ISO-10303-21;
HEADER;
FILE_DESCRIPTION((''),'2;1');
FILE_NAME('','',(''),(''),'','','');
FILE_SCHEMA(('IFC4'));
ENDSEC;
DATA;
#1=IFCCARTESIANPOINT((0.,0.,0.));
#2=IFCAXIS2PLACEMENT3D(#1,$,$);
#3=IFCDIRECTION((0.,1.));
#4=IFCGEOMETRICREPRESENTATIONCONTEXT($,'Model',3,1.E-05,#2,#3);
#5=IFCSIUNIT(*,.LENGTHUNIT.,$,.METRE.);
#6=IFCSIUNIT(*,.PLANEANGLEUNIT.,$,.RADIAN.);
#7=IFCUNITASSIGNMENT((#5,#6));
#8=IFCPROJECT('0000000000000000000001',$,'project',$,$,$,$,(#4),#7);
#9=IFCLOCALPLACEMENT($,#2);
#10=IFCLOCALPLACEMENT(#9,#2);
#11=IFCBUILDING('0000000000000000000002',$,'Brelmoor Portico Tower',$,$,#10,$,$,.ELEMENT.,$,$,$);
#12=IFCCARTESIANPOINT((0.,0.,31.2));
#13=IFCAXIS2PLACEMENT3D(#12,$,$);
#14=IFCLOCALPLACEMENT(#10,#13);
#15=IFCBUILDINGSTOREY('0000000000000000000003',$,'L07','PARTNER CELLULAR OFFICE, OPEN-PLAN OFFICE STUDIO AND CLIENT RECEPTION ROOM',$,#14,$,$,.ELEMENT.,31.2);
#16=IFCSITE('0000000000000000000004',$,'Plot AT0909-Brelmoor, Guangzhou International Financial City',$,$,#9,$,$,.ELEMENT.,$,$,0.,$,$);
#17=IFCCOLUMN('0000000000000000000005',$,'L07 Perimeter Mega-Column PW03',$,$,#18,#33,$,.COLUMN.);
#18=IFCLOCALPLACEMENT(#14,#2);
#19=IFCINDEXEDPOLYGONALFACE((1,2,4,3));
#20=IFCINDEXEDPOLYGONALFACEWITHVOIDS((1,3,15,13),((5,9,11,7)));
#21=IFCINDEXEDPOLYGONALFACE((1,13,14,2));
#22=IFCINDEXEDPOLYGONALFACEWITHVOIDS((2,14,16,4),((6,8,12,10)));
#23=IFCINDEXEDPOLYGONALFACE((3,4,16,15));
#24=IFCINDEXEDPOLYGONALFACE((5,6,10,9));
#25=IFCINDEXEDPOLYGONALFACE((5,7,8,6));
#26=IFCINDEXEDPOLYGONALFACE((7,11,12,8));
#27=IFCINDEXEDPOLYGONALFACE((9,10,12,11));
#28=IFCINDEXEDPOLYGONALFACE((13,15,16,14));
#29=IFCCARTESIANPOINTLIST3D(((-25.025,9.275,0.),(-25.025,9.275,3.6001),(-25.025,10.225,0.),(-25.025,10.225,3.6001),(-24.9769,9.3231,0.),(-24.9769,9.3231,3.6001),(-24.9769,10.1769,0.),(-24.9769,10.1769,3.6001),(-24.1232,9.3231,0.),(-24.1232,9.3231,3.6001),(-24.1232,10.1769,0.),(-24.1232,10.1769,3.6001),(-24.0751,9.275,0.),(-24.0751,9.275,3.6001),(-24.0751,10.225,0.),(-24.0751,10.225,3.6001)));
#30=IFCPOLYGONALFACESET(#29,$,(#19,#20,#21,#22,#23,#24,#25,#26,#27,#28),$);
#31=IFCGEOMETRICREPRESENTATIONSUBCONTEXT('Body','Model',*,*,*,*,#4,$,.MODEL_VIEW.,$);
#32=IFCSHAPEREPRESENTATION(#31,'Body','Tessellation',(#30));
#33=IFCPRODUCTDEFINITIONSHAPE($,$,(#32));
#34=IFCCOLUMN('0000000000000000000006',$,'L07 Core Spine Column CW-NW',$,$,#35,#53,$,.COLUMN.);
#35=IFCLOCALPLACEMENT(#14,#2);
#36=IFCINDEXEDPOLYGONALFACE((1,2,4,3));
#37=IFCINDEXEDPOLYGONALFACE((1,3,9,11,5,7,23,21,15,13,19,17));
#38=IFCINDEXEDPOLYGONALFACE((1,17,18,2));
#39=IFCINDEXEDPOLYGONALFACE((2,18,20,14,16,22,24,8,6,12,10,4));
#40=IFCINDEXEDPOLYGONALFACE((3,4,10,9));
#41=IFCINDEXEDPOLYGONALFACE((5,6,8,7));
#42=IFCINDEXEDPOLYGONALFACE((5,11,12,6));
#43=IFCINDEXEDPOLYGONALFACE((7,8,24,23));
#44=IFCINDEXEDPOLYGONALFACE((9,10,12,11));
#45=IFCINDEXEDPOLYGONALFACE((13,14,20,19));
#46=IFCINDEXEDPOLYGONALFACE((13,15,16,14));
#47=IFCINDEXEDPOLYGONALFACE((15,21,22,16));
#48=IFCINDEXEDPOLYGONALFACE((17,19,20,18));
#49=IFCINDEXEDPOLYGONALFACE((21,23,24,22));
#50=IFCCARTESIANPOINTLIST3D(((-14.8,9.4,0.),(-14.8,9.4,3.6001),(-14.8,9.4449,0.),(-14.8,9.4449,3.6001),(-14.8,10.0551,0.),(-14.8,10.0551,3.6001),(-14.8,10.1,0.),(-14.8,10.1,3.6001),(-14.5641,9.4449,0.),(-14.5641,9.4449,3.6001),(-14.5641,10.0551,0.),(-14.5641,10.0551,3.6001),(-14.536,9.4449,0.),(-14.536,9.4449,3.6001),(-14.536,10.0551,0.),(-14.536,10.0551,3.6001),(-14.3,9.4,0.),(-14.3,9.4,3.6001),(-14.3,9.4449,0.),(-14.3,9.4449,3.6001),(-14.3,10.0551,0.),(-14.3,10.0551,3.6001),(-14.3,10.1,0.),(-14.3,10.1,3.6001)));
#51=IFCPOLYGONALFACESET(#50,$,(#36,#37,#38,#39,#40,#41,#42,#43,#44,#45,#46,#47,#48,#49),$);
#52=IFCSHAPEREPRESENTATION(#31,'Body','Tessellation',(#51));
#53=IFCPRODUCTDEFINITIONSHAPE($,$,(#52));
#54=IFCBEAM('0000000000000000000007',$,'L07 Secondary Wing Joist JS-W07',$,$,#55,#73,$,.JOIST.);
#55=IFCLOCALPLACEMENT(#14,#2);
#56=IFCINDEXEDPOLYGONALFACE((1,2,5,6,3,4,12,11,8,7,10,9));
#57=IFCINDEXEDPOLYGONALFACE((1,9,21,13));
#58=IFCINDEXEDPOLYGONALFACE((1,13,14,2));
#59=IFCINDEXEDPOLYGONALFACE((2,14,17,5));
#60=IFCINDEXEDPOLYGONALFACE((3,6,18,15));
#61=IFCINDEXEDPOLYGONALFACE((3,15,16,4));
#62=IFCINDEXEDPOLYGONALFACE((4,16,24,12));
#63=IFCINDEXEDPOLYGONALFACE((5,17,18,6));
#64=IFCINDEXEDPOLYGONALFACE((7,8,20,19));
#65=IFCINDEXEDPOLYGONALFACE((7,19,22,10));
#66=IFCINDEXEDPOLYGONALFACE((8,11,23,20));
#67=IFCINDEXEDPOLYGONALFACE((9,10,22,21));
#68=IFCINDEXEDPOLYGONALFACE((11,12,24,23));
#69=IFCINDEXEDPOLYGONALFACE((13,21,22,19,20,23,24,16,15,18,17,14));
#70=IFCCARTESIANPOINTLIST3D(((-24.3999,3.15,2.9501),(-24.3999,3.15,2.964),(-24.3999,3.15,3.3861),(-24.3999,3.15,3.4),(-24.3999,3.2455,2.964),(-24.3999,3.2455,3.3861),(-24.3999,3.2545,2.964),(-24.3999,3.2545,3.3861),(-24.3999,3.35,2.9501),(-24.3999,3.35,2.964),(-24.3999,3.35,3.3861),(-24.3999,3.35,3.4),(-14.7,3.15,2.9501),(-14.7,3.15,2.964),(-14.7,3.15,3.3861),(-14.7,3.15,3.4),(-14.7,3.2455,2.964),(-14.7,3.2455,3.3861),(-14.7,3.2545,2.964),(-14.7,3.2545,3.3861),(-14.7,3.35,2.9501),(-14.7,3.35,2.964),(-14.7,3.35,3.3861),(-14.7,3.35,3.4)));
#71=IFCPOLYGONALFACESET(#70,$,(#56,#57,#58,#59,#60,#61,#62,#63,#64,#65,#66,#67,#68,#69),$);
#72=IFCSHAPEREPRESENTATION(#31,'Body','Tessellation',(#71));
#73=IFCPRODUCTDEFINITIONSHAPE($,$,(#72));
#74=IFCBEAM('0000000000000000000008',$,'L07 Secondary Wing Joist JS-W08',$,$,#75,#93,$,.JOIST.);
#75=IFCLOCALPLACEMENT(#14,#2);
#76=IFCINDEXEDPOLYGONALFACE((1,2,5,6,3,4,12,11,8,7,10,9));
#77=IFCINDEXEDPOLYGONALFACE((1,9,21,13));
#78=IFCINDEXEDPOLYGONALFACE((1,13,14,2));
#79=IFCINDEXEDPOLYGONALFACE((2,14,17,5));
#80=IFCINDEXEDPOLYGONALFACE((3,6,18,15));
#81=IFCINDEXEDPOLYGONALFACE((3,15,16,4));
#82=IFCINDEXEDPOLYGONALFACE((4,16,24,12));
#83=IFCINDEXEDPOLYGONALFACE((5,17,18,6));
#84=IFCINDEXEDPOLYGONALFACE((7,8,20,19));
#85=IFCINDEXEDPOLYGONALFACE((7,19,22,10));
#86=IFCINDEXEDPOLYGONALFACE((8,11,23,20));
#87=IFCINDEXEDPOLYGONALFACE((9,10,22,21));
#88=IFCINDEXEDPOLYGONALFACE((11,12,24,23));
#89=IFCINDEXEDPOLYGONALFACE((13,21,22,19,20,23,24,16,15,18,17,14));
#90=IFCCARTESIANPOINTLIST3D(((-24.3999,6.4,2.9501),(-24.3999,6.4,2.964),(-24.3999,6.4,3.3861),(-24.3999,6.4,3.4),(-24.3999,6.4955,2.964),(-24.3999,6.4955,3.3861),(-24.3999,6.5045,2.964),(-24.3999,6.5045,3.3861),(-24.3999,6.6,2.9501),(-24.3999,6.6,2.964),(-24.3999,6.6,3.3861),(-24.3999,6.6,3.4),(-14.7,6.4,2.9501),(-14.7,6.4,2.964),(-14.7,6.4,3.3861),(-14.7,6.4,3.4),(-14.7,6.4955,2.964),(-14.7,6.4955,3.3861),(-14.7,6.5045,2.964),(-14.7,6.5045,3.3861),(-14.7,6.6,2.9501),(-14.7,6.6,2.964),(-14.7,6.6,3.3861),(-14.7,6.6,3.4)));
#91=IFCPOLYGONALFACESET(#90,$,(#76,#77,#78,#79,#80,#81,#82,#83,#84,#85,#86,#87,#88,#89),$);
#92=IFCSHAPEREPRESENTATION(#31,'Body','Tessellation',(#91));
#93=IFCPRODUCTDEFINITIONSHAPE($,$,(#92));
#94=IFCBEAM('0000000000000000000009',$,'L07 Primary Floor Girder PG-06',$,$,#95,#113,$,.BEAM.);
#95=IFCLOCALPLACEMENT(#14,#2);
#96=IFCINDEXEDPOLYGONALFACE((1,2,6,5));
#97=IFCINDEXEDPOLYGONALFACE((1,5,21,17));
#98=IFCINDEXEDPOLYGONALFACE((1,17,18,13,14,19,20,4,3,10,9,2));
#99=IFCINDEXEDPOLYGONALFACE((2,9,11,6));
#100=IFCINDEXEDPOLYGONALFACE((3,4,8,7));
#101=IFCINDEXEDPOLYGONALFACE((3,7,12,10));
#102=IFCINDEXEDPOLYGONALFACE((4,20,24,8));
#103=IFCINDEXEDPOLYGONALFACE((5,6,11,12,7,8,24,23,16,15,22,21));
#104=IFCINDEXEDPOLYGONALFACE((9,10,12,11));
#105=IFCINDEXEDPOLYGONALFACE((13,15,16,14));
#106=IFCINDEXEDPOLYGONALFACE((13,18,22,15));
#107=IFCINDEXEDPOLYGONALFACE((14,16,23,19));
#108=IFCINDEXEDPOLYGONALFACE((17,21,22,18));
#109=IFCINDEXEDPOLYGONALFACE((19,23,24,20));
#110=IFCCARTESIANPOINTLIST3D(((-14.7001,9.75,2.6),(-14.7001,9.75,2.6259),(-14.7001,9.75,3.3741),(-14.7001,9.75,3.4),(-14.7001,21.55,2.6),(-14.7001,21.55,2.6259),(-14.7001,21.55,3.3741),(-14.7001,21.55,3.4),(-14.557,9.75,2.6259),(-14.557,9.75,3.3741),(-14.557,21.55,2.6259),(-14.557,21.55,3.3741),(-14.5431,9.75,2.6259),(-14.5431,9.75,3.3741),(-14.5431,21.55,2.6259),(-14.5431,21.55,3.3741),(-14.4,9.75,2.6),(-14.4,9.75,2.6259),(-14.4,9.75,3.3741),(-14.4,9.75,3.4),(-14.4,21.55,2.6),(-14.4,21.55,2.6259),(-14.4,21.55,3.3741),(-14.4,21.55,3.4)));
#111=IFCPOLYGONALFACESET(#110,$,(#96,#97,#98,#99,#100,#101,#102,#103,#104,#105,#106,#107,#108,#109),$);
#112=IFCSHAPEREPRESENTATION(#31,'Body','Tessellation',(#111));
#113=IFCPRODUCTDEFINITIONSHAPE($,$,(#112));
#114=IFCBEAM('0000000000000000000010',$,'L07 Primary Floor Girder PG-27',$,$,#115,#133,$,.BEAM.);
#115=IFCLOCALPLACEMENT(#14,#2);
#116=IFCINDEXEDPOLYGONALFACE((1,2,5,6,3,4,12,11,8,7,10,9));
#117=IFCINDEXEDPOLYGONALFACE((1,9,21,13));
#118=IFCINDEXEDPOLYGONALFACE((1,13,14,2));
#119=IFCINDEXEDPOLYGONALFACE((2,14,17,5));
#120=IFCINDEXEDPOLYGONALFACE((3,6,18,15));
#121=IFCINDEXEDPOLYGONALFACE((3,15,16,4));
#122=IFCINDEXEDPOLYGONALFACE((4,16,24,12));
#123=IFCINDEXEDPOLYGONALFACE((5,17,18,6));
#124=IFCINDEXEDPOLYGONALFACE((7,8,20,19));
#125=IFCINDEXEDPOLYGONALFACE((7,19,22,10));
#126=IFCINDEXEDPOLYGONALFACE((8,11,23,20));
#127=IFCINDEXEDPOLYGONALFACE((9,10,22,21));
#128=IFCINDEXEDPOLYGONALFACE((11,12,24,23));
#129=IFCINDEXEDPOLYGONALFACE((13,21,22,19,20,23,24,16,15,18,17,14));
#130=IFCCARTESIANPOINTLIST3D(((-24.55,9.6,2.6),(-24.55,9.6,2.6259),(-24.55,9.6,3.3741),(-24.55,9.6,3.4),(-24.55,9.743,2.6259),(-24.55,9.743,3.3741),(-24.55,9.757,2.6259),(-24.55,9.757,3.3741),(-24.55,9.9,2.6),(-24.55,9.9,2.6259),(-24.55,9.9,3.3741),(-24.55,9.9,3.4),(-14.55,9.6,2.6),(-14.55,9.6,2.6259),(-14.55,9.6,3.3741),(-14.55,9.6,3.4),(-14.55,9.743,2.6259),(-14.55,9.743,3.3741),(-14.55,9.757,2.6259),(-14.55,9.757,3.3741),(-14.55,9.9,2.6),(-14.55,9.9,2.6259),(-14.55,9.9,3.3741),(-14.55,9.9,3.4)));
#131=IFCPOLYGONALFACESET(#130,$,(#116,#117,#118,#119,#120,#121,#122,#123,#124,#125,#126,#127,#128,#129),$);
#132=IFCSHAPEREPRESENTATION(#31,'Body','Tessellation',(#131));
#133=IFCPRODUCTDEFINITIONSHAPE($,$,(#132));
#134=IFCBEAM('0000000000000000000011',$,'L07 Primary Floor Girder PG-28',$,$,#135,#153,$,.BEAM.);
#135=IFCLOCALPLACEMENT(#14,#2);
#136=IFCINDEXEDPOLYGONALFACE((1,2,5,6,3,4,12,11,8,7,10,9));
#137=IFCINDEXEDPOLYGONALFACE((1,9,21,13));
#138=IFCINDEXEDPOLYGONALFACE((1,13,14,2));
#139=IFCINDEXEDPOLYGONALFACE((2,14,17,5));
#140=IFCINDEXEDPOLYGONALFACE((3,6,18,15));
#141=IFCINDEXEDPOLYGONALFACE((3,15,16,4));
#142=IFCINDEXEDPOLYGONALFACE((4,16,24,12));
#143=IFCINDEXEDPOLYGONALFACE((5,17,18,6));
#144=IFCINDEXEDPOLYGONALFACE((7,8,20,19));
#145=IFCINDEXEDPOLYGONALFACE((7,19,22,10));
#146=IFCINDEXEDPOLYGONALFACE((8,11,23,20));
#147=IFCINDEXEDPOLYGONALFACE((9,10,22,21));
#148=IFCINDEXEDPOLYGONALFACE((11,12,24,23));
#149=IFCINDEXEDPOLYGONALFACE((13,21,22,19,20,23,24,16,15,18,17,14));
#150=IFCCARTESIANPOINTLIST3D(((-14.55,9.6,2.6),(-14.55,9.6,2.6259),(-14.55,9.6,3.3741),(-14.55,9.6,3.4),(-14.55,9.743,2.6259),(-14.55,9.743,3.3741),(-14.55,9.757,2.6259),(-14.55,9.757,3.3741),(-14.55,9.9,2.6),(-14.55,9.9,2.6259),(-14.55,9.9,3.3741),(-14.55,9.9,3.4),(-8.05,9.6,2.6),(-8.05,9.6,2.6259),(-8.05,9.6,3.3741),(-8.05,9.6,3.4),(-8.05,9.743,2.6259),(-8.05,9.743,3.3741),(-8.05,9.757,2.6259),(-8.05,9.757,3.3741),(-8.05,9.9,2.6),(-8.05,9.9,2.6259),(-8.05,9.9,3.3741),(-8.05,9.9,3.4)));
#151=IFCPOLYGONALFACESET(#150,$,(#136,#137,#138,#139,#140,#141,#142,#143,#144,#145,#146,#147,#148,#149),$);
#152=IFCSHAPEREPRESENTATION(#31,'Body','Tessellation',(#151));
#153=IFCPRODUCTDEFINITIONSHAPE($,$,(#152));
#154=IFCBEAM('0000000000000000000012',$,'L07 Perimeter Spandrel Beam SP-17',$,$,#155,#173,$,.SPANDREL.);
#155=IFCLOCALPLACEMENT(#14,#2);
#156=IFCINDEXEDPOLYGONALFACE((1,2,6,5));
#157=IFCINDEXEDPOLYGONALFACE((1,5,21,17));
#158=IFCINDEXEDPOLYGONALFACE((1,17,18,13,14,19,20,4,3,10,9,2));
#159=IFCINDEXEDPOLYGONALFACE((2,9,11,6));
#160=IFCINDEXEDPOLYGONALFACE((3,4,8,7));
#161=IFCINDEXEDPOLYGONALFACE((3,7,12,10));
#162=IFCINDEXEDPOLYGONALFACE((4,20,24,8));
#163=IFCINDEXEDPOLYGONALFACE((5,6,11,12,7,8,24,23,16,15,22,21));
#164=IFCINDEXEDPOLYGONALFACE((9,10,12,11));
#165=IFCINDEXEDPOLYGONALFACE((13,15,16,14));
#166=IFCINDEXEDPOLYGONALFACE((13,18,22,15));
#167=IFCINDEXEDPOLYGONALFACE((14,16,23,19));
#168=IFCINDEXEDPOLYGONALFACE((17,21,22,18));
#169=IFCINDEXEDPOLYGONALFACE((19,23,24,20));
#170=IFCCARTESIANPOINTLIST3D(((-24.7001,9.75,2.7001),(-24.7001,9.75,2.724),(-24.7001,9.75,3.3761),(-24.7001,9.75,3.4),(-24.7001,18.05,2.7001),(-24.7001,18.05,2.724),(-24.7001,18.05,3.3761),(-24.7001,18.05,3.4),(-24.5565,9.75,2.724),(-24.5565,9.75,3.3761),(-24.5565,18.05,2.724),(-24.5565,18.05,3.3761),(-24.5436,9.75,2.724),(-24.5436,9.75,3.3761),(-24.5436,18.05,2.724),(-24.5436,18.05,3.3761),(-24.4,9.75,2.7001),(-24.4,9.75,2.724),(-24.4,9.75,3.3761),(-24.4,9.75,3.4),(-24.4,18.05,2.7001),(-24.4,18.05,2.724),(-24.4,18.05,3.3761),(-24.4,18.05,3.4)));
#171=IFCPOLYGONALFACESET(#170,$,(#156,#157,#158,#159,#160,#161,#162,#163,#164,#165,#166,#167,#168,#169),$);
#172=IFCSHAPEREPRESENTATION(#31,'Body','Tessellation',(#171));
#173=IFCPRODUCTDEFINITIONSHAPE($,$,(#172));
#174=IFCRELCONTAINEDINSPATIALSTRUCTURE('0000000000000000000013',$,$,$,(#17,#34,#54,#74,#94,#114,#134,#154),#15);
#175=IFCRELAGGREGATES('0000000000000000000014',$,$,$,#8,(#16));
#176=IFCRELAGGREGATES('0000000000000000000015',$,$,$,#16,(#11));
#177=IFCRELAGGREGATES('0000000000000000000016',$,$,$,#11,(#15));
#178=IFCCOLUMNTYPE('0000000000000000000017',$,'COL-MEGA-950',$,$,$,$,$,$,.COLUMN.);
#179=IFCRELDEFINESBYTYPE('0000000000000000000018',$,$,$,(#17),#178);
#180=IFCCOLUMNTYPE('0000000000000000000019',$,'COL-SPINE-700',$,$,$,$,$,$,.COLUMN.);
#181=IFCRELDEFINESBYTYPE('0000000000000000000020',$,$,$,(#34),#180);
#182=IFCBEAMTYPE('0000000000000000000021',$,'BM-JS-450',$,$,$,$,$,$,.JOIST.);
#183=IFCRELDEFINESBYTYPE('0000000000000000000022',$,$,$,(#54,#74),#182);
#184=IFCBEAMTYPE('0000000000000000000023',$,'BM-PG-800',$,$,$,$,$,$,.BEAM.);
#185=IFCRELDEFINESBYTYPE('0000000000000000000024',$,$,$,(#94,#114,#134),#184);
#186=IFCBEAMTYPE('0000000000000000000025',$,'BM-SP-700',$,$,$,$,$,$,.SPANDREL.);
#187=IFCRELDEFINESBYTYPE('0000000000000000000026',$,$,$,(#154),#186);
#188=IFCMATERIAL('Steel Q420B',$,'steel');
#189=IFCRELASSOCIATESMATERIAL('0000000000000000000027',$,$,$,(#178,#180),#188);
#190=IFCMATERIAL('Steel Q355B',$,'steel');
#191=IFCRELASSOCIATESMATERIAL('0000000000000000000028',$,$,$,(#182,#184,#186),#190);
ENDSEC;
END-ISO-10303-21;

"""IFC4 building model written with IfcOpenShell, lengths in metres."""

from ifc_helpers import new_model, si_unit, direction, frame, origin, origin_2d, place, context, subcontext, project, spatial, hollow_rectangle, i_section, extrude, material, material_profile, profile_set, type_object, element, save


model = new_model("IFC4")

# Units and contexts
model_context = context("Model", 3, precision=1e-05, world=origin(), true_north=direction((0.0, 1.0)))
body_context = subcontext(model_context, "Body", "Model", "MODEL_VIEW")
ifc_project = project(units=[si_unit("LENGTHUNIT", "METRE"), si_unit("PLANEANGLEUNIT", "RADIAN")], contexts=[model_context])

# Site, building, storey
site_placement = place(None, origin())
site = spatial("IfcSite", under=ifc_project, at=site_placement, Name="Plot AT0909-Brelmoor, Guangzhou International Financial City", CompositionType="ELEMENT", RefElevation=0.0)
building_placement = place(site_placement, origin())
building = spatial("IfcBuilding", under=site, at=building_placement, Name="Brelmoor Portico Tower", CompositionType="ELEMENT")
storey_placement = place(building_placement, frame((0.0, 0.0, 31.2)))
storey = spatial("IfcBuildingStorey", under=building, at=storey_placement, Name="L07", Description="PARTNER CELLULAR OFFICE, OPEN-PLAN OFFICE STUDIO AND CLIENT RECEPTION ROOM", CompositionType="ELEMENT", Elevation=31.2)

# Columns
ifc_material_1 = material(Name="Steel Q420B", Category="steel")
ifc_material_profile_1 = material_profile(ifc_material_1, hollow_rectangle(XDim=0.95, YDim=0.95, WallThickness=0.0481, at=origin_2d()), Name="BOX 950x950x48")
ifc_profile_set_1 = profile_set([ifc_material_profile_1], Name="Steel Q420B")
column_type_1 = type_object("IfcColumnType", Name="COL-MEGA-950", PredefinedType="COLUMN", material=ifc_profile_set_1)
column_1_placement = place(storey_placement, frame((-24.55, 9.75, 0.0), z_axis=(0.0, 0.0, 1.0), x_axis=(0.0, 1.0, 0.0)))
element("IfcColumn", 1, at=column_1_placement, inside=storey, type_object=column_type_1, Name="L07 Perimeter Mega-Column PW03", PredefinedType="COLUMN", context=body_context, shape_type="SweptSolid", body=[
    extrude(hollow_rectangle(XDim=0.95, YDim=0.95, WallThickness=0.0481, at=origin_2d()), origin(), (0.0, 0.0, 1.0), 3.6001),
])
ifc_material_profile_2 = material_profile(ifc_material_1, i_section(OverallWidth=0.5, OverallDepth=0.7, WebThickness=0.0281, FlangeThickness=0.0449, at=origin_2d()), Name="HW 700x500x28x45")
ifc_profile_set_2 = profile_set([ifc_material_profile_2], Name="Steel Q420B")
column_type_2 = type_object("IfcColumnType", Name="COL-SPINE-700", PredefinedType="COLUMN", material=ifc_profile_set_2)
column_2_placement = place(storey_placement, frame((-14.55, 9.75, 0.0), z_axis=(0.0, 0.0, 1.0), x_axis=(1.0, 0.0, 0.0)))
element("IfcColumn", 2, at=column_2_placement, inside=storey, type_object=column_type_2, Name="L07 Core Spine Column CW-NW", PredefinedType="COLUMN", context=body_context, shape_type="SweptSolid", body=[
    extrude(i_section(OverallWidth=0.5, OverallDepth=0.7, WebThickness=0.0281, FlangeThickness=0.0449, at=origin_2d()), origin(), (0.0, 0.0, 1.0), 3.6001),
])

# Beams
ifc_material_2 = material(Name="Steel Q355B", Category="steel")
ifc_material_profile_3 = material_profile(ifc_material_2, i_section(OverallWidth=0.2, OverallDepth=0.45, WebThickness=0.009, FlangeThickness=0.0139, at=origin_2d()), Name="HN 450x200x9x14")
ifc_profile_set_3 = profile_set([ifc_material_profile_3], Name="Steel Q355B")
beam_type_1 = type_object("IfcBeamType", Name="BM-JS-450", PredefinedType="JOIST", material=ifc_profile_set_3)
for number, where, z_axis, x_axis, name in (
    (3, (-24.3999, 3.25, 3.175), (1.0, 0.0, 0.0), (0.0, 1.0, 0.0), "L07 Secondary Wing Joist JS-W07"),
    (4, (-24.3999, 6.5, 3.175), (1.0, 0.0, 0.0), (0.0, 1.0, 0.0), "L07 Secondary Wing Joist JS-W08"),
):
    element("IfcBeam", number, at=place(storey_placement, frame(where, z_axis=z_axis, x_axis=x_axis)), inside=storey, type_object=beam_type_1, Name=name, PredefinedType="JOIST", context=body_context, shape_type="SweptSolid", body=[
        extrude(i_section(OverallWidth=0.2, OverallDepth=0.45, WebThickness=0.009, FlangeThickness=0.0139, at=origin_2d()), origin(), (0.0, 0.0, 1.0), 9.7),
    ])
ifc_material_profile_4 = material_profile(ifc_material_2, i_section(OverallWidth=0.3, OverallDepth=0.8, WebThickness=0.0139, FlangeThickness=0.0259, at=origin_2d()), Name="HN 800x300x14x26")
ifc_profile_set_4 = profile_set([ifc_material_profile_4], Name="Steel Q355B")
beam_type_2 = type_object("IfcBeamType", Name="BM-PG-800", PredefinedType="BEAM", material=ifc_profile_set_4)
beam_1_placement = place(storey_placement, frame((-14.55, 9.75, 3.0), z_axis=(0.0, 1.0, 0.0), x_axis=(-1.0, 0.0, 0.0)))
element("IfcBeam", 5, at=beam_1_placement, inside=storey, type_object=beam_type_2, Name="L07 Primary Floor Girder PG-06", PredefinedType="BEAM", context=body_context, shape_type="SweptSolid", body=[
    extrude(i_section(OverallWidth=0.3, OverallDepth=0.8, WebThickness=0.0139, FlangeThickness=0.0259, at=origin_2d()), origin(), (0.0, 0.0, 1.0), 11.8),
])
beam_2_placement = place(storey_placement, frame((-24.55, 9.75, 3.0), z_axis=(1.0, 0.0, 0.0), x_axis=(0.0, 1.0, 0.0)))
element("IfcBeam", 6, at=beam_2_placement, inside=storey, type_object=beam_type_2, Name="L07 Primary Floor Girder PG-27", PredefinedType="BEAM", context=body_context, shape_type="SweptSolid", body=[
    extrude(i_section(OverallWidth=0.3, OverallDepth=0.8, WebThickness=0.0139, FlangeThickness=0.0259, at=origin_2d()), origin(), (0.0, 0.0, 1.0), 10.0),
])
beam_3_placement = place(storey_placement, frame((-14.55, 9.75, 3.0), z_axis=(1.0, 0.0, 0.0), x_axis=(0.0, 1.0, 0.0)))
element("IfcBeam", 7, at=beam_3_placement, inside=storey, type_object=beam_type_2, Name="L07 Primary Floor Girder PG-28", PredefinedType="BEAM", context=body_context, shape_type="SweptSolid", body=[
    extrude(i_section(OverallWidth=0.3, OverallDepth=0.8, WebThickness=0.0139, FlangeThickness=0.0259, at=origin_2d()), origin(), (0.0, 0.0, 1.0), 6.5),
])
ifc_material_profile_5 = material_profile(ifc_material_2, i_section(OverallWidth=0.3, OverallDepth=0.7, WebThickness=0.0129, FlangeThickness=0.0239, at=origin_2d()), Name="HN 700x300x13x24")
ifc_profile_set_5 = profile_set([ifc_material_profile_5], Name="Steel Q355B")
beam_type_3 = type_object("IfcBeamType", Name="BM-SP-700", PredefinedType="SPANDREL", material=ifc_profile_set_5)
beam_4_placement = place(storey_placement, frame((-24.55, 9.75, 3.05), z_axis=(0.0, 1.0, 0.0), x_axis=(-1.0, 0.0, 0.0)))
element("IfcBeam", 8, at=beam_4_placement, inside=storey, type_object=beam_type_3, Name="L07 Perimeter Spandrel Beam SP-17", PredefinedType="SPANDREL", context=body_context, shape_type="SweptSolid", body=[
    extrude(i_section(OverallWidth=0.3, OverallDepth=0.7, WebThickness=0.0129, FlangeThickness=0.0239, at=origin_2d()), origin(), (0.0, 0.0, 1.0), 8.3),
])

save(model, "model.ifc")
